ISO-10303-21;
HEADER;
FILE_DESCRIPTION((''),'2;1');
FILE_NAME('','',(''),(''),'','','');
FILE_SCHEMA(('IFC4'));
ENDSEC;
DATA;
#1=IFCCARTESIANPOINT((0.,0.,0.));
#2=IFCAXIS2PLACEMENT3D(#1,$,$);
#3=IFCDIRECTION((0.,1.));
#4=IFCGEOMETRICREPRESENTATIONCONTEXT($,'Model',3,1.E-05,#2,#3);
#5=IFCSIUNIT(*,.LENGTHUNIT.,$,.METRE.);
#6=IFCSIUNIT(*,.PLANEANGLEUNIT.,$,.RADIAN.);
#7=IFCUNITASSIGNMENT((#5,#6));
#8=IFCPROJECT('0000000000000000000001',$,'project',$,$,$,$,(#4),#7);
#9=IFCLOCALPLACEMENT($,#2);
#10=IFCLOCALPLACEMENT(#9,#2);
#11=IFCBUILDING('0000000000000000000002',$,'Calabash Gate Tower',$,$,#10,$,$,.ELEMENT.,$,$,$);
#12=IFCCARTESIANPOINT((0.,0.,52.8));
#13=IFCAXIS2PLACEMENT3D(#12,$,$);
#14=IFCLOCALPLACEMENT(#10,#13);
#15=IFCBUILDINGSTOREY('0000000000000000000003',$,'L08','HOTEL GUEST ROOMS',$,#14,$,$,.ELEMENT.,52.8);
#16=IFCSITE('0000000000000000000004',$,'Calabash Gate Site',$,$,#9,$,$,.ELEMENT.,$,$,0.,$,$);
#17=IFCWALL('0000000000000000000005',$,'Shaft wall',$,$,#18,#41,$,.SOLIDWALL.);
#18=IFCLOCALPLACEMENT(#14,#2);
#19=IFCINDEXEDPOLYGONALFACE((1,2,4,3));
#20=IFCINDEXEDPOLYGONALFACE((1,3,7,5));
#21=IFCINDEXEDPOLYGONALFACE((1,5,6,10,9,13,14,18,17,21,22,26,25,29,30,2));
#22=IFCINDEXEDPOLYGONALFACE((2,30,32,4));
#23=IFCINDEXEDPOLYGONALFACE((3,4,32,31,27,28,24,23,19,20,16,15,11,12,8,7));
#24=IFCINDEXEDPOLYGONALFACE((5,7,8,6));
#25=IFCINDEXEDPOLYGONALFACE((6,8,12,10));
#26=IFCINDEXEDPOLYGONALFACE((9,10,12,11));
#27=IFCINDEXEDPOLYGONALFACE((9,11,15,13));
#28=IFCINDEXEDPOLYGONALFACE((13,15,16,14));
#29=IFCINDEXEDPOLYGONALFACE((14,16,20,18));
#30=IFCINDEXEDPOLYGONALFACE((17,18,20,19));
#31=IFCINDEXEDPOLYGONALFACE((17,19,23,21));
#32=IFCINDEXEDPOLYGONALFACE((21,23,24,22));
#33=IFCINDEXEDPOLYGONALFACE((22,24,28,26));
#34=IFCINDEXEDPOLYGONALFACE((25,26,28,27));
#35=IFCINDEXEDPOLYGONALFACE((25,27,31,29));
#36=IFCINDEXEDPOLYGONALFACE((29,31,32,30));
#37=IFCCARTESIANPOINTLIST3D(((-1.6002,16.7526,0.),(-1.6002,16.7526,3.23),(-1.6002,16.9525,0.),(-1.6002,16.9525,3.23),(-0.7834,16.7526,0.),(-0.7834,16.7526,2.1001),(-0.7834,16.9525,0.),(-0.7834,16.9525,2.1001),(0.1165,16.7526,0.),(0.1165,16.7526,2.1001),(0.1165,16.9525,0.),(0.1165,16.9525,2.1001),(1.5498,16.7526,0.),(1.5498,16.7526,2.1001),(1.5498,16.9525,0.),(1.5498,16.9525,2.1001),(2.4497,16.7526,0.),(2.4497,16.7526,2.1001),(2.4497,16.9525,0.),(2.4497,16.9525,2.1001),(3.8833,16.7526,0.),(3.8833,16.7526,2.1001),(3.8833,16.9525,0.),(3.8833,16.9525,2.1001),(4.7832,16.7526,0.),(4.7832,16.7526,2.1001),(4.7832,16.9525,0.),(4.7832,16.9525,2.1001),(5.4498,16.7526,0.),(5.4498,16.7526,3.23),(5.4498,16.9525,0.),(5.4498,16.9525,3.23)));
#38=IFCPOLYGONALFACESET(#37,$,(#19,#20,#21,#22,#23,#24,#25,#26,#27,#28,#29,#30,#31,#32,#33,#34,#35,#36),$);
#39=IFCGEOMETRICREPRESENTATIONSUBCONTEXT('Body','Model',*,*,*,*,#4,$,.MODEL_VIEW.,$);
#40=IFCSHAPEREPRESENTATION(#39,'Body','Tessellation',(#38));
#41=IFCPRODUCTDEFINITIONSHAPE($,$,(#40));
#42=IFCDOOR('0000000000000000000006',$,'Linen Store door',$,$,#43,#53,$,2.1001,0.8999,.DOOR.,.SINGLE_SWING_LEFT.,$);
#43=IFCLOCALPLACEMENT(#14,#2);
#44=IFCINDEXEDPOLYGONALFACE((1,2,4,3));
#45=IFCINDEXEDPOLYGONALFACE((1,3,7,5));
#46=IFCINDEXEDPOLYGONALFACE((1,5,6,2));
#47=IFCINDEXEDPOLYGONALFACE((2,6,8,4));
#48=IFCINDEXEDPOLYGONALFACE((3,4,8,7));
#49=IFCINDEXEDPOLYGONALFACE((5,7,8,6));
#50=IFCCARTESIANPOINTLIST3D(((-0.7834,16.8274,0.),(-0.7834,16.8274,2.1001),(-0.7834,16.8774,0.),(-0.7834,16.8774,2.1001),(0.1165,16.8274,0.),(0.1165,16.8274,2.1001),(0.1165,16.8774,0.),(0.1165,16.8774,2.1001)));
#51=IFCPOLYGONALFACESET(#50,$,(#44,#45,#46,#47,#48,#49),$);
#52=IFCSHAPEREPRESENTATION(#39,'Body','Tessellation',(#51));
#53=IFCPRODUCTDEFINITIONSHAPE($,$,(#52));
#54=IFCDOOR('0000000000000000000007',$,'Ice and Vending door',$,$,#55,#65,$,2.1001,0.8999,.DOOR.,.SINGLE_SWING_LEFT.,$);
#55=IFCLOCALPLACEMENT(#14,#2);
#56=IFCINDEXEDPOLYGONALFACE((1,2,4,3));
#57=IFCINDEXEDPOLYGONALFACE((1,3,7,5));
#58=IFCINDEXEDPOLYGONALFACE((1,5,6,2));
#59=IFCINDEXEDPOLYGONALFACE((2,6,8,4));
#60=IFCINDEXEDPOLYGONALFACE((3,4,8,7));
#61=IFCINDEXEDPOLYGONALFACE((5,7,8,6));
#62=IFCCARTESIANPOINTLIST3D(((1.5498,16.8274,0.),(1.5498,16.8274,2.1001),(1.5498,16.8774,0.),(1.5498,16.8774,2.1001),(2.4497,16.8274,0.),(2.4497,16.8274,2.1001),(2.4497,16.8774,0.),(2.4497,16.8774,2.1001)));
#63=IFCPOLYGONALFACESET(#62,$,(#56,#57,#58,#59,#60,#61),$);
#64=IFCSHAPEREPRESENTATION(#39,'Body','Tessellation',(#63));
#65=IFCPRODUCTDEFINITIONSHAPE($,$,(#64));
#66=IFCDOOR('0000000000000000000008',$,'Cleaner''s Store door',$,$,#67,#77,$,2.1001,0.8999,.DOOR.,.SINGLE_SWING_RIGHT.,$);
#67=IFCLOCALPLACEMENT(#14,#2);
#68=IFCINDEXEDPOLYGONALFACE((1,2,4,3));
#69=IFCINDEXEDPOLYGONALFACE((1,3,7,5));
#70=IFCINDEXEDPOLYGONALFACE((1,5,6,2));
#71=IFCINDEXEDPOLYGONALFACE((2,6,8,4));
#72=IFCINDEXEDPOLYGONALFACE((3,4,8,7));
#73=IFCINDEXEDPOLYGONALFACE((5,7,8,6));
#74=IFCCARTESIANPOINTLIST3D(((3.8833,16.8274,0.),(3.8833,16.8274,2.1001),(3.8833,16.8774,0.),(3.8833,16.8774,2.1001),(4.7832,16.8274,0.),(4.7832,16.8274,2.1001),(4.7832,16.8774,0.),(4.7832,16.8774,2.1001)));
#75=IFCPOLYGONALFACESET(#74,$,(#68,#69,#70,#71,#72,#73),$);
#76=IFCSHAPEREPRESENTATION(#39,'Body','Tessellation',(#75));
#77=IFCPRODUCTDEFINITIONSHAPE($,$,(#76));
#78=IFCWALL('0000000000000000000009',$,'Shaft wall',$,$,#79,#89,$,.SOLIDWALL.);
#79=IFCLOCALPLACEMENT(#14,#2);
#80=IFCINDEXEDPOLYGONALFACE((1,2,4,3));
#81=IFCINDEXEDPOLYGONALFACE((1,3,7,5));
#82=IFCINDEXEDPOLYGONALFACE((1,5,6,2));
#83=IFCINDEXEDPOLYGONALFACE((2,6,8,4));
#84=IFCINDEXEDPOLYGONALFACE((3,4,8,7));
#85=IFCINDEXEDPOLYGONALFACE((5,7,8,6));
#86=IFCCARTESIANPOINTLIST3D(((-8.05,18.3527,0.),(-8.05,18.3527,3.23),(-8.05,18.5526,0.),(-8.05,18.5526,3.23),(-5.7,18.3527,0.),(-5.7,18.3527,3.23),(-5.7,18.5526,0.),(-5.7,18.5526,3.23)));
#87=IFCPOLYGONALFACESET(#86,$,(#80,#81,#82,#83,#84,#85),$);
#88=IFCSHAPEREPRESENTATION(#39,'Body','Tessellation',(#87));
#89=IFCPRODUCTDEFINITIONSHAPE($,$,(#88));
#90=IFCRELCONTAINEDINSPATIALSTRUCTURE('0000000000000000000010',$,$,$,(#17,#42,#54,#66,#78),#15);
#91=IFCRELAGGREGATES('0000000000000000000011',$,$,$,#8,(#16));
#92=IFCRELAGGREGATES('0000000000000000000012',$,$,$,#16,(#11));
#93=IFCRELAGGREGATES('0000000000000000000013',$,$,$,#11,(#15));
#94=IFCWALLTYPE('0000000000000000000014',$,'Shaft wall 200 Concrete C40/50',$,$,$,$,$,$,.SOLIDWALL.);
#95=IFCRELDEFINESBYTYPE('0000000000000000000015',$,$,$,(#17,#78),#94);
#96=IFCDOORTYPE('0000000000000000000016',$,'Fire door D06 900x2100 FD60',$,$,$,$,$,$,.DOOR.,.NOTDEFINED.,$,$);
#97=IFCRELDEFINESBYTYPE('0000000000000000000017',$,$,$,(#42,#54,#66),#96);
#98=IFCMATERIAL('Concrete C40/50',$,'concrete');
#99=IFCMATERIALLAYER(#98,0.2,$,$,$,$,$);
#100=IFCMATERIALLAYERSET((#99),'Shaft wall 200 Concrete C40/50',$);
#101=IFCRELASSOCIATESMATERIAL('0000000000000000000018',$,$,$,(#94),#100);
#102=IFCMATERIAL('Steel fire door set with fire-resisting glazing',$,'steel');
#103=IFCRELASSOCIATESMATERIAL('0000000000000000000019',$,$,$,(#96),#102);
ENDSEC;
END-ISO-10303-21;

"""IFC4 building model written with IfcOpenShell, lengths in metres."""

from ifc_helpers import new_model, si_unit, direction, frame, frame_2d, origin, place, context, subcontext, project, spatial, rectangle, extrude, material, layer, layer_set, type_object, element, fill, save


model = new_model("IFC4")

# Units and contexts
model_context = context("Model", 3, precision=1e-05, world=origin(), true_north=direction((0.0, 1.0)))
body_context = subcontext(model_context, "Body", "Model", "MODEL_VIEW")
ifc_project = project(units=[si_unit("LENGTHUNIT", "METRE"), si_unit("PLANEANGLEUNIT", "RADIAN")], contexts=[model_context])

# Site, building, storey
site_placement = place(None, origin())
site = spatial("IfcSite", under=ifc_project, at=site_placement, Name="Calabash Gate Site", CompositionType="ELEMENT", RefElevation=0.0)
building_placement = place(site_placement, origin())
building = spatial("IfcBuilding", under=site, at=building_placement, Name="Calabash Gate Tower", CompositionType="ELEMENT")
storey_placement = place(building_placement, frame((0.0, 0.0, 52.8)))
storey = spatial("IfcBuildingStorey", under=building, at=storey_placement, Name="L08", Description="HOTEL GUEST ROOMS", CompositionType="ELEMENT", Elevation=52.8)

# Shared definitions
ifc_material_1 = material(Name="Concrete C40/50", Category="concrete")
ifc_layer_1 = layer(ifc_material_1, 0.2)
ifc_layer_set_1 = layer_set([ifc_layer_1], Name="Shaft wall 200 Concrete C40/50")
wall_type_1 = type_object("IfcWallType", Name="Shaft wall 200 Concrete C40/50", PredefinedType="SOLIDWALL", material=ifc_layer_set_1)
ifc_material_2 = material(Name="Steel fire door set with fire-resisting glazing", Category="steel")
door_type_1 = type_object("IfcDoorType", Name="Fire door D06 900x2100 FD60", OperationType="NOTDEFINED", PredefinedType="DOOR", material=ifc_material_2)

# Wall, openings, doors
wall_1_placement = place(storey_placement, frame((-1.6001, 16.8525, 0.0), z_axis=(0.0, 0.0, 1.0), x_axis=(1.0, 0.0, 0.0)))
wall_1 = element("IfcWall", 1, at=wall_1_placement, inside=storey, type_object=wall_type_1, Name="Shaft wall", PredefinedType="SOLIDWALL", context=body_context, shape_type="SweptSolid", body=[
    extrude(rectangle(XDim=7.05, YDim=0.2, at=frame_2d((3.5249, 0.0))), origin(), (0.0, 0.0, 1.0), 3.23),
])
opening_1_placement = place(wall_1_placement, frame((0.8167, 0.0, 0.0)))
opening_1 = element("IfcOpeningElement", 2, at=opening_1_placement, cuts=wall_1, PredefinedType="OPENING", context=body_context, shape_type="SweptSolid", body=[
    extrude(rectangle(XDim=0.8999, YDim=2.1001, at=frame_2d((0.45, 1.05))), frame((0.0, 0.1099, 0.0), z_axis=(0.0, -1.0, 0.0), x_axis=(1.0, 0.0, 0.0)), (0.0, 0.0, 1.0), 0.22),
])
opening_2_placement = place(wall_1_placement, frame((3.1499, 0.0, 0.0)))
opening_2 = element("IfcOpeningElement", 3, at=opening_2_placement, cuts=wall_1, PredefinedType="OPENING", context=body_context, shape_type="SweptSolid", body=[
    extrude(rectangle(XDim=0.8999, YDim=2.1001, at=frame_2d((0.45, 1.05))), frame((0.0, 0.1099, 0.0), z_axis=(0.0, -1.0, 0.0), x_axis=(1.0, 0.0, 0.0)), (0.0, 0.0, 1.0), 0.22),
])
opening_3_placement = place(wall_1_placement, frame((5.4834, 0.0, 0.0)))
opening_3 = element("IfcOpeningElement", 4, at=opening_3_placement, cuts=wall_1, PredefinedType="OPENING", context=body_context, shape_type="SweptSolid", body=[
    extrude(rectangle(XDim=0.8999, YDim=2.1001, at=frame_2d((0.45, 1.05))), frame((0.0, 0.1099, 0.0), z_axis=(0.0, -1.0, 0.0), x_axis=(1.0, 0.0, 0.0)), (0.0, 0.0, 1.0), 0.22),
])
door_1_placement = place(opening_1_placement, origin())
door_1 = element("IfcDoor", 5, at=door_1_placement, inside=storey, type_object=door_type_1, Name="Linen Store door", OperationType="SINGLE_SWING_LEFT", OverallHeight=2.1001, OverallWidth=0.8999, PredefinedType="DOOR", context=body_context, shape_type="SweptSolid", body=[
    extrude(rectangle(XDim=0.8999, YDim=2.1001, at=frame_2d((0.45, 1.05))), frame((0.0, 0.0249, 0.0), z_axis=(0.0, -1.0, 0.0), x_axis=(1.0, 0.0, 0.0)), (0.0, 0.0, 1.0), 0.05),
])
fill(opening_1, door_1)
door_2_placement = place(opening_2_placement, origin())
door_2 = element("IfcDoor", 6, at=door_2_placement, inside=storey, type_object=door_type_1, Name="Ice and Vending door", OperationType="SINGLE_SWING_LEFT", OverallHeight=2.1001, OverallWidth=0.8999, PredefinedType="DOOR", context=body_context, shape_type="SweptSolid", body=[
    extrude(rectangle(XDim=0.8999, YDim=2.1001, at=frame_2d((0.45, 1.05))), frame((0.0, 0.0249, 0.0), z_axis=(0.0, -1.0, 0.0), x_axis=(1.0, 0.0, 0.0)), (0.0, 0.0, 1.0), 0.05),
])
fill(opening_2, door_2)
door_3_placement = place(opening_3_placement, origin())
door_3 = element("IfcDoor", 7, at=door_3_placement, inside=storey, type_object=door_type_1, Name="Cleaner's Store door", OperationType="SINGLE_SWING_RIGHT", OverallHeight=2.1001, OverallWidth=0.8999, PredefinedType="DOOR", context=body_context, shape_type="SweptSolid", body=[
    extrude(rectangle(XDim=0.8999, YDim=2.1001, at=frame_2d((0.45, 1.05))), frame((0.0, 0.0249, 0.0), z_axis=(0.0, -1.0, 0.0), x_axis=(1.0, 0.0, 0.0)), (0.0, 0.0, 1.0), 0.05),
])
fill(opening_3, door_3)

# Wall
wall_2_placement = place(storey_placement, frame((-8.05, 18.4526, 0.0), z_axis=(0.0, 0.0, 1.0), x_axis=(1.0, 0.0, 0.0)))
element("IfcWall", 8, at=wall_2_placement, inside=storey, type_object=wall_type_1, Name="Shaft wall", PredefinedType="SOLIDWALL", context=body_context, shape_type="SweptSolid", body=[
    extrude(rectangle(XDim=2.3501, YDim=0.2, at=frame_2d((1.175, 0.0))), origin(), (0.0, 0.0, 1.0), 3.23),
])

save(model, "model.ifc")
